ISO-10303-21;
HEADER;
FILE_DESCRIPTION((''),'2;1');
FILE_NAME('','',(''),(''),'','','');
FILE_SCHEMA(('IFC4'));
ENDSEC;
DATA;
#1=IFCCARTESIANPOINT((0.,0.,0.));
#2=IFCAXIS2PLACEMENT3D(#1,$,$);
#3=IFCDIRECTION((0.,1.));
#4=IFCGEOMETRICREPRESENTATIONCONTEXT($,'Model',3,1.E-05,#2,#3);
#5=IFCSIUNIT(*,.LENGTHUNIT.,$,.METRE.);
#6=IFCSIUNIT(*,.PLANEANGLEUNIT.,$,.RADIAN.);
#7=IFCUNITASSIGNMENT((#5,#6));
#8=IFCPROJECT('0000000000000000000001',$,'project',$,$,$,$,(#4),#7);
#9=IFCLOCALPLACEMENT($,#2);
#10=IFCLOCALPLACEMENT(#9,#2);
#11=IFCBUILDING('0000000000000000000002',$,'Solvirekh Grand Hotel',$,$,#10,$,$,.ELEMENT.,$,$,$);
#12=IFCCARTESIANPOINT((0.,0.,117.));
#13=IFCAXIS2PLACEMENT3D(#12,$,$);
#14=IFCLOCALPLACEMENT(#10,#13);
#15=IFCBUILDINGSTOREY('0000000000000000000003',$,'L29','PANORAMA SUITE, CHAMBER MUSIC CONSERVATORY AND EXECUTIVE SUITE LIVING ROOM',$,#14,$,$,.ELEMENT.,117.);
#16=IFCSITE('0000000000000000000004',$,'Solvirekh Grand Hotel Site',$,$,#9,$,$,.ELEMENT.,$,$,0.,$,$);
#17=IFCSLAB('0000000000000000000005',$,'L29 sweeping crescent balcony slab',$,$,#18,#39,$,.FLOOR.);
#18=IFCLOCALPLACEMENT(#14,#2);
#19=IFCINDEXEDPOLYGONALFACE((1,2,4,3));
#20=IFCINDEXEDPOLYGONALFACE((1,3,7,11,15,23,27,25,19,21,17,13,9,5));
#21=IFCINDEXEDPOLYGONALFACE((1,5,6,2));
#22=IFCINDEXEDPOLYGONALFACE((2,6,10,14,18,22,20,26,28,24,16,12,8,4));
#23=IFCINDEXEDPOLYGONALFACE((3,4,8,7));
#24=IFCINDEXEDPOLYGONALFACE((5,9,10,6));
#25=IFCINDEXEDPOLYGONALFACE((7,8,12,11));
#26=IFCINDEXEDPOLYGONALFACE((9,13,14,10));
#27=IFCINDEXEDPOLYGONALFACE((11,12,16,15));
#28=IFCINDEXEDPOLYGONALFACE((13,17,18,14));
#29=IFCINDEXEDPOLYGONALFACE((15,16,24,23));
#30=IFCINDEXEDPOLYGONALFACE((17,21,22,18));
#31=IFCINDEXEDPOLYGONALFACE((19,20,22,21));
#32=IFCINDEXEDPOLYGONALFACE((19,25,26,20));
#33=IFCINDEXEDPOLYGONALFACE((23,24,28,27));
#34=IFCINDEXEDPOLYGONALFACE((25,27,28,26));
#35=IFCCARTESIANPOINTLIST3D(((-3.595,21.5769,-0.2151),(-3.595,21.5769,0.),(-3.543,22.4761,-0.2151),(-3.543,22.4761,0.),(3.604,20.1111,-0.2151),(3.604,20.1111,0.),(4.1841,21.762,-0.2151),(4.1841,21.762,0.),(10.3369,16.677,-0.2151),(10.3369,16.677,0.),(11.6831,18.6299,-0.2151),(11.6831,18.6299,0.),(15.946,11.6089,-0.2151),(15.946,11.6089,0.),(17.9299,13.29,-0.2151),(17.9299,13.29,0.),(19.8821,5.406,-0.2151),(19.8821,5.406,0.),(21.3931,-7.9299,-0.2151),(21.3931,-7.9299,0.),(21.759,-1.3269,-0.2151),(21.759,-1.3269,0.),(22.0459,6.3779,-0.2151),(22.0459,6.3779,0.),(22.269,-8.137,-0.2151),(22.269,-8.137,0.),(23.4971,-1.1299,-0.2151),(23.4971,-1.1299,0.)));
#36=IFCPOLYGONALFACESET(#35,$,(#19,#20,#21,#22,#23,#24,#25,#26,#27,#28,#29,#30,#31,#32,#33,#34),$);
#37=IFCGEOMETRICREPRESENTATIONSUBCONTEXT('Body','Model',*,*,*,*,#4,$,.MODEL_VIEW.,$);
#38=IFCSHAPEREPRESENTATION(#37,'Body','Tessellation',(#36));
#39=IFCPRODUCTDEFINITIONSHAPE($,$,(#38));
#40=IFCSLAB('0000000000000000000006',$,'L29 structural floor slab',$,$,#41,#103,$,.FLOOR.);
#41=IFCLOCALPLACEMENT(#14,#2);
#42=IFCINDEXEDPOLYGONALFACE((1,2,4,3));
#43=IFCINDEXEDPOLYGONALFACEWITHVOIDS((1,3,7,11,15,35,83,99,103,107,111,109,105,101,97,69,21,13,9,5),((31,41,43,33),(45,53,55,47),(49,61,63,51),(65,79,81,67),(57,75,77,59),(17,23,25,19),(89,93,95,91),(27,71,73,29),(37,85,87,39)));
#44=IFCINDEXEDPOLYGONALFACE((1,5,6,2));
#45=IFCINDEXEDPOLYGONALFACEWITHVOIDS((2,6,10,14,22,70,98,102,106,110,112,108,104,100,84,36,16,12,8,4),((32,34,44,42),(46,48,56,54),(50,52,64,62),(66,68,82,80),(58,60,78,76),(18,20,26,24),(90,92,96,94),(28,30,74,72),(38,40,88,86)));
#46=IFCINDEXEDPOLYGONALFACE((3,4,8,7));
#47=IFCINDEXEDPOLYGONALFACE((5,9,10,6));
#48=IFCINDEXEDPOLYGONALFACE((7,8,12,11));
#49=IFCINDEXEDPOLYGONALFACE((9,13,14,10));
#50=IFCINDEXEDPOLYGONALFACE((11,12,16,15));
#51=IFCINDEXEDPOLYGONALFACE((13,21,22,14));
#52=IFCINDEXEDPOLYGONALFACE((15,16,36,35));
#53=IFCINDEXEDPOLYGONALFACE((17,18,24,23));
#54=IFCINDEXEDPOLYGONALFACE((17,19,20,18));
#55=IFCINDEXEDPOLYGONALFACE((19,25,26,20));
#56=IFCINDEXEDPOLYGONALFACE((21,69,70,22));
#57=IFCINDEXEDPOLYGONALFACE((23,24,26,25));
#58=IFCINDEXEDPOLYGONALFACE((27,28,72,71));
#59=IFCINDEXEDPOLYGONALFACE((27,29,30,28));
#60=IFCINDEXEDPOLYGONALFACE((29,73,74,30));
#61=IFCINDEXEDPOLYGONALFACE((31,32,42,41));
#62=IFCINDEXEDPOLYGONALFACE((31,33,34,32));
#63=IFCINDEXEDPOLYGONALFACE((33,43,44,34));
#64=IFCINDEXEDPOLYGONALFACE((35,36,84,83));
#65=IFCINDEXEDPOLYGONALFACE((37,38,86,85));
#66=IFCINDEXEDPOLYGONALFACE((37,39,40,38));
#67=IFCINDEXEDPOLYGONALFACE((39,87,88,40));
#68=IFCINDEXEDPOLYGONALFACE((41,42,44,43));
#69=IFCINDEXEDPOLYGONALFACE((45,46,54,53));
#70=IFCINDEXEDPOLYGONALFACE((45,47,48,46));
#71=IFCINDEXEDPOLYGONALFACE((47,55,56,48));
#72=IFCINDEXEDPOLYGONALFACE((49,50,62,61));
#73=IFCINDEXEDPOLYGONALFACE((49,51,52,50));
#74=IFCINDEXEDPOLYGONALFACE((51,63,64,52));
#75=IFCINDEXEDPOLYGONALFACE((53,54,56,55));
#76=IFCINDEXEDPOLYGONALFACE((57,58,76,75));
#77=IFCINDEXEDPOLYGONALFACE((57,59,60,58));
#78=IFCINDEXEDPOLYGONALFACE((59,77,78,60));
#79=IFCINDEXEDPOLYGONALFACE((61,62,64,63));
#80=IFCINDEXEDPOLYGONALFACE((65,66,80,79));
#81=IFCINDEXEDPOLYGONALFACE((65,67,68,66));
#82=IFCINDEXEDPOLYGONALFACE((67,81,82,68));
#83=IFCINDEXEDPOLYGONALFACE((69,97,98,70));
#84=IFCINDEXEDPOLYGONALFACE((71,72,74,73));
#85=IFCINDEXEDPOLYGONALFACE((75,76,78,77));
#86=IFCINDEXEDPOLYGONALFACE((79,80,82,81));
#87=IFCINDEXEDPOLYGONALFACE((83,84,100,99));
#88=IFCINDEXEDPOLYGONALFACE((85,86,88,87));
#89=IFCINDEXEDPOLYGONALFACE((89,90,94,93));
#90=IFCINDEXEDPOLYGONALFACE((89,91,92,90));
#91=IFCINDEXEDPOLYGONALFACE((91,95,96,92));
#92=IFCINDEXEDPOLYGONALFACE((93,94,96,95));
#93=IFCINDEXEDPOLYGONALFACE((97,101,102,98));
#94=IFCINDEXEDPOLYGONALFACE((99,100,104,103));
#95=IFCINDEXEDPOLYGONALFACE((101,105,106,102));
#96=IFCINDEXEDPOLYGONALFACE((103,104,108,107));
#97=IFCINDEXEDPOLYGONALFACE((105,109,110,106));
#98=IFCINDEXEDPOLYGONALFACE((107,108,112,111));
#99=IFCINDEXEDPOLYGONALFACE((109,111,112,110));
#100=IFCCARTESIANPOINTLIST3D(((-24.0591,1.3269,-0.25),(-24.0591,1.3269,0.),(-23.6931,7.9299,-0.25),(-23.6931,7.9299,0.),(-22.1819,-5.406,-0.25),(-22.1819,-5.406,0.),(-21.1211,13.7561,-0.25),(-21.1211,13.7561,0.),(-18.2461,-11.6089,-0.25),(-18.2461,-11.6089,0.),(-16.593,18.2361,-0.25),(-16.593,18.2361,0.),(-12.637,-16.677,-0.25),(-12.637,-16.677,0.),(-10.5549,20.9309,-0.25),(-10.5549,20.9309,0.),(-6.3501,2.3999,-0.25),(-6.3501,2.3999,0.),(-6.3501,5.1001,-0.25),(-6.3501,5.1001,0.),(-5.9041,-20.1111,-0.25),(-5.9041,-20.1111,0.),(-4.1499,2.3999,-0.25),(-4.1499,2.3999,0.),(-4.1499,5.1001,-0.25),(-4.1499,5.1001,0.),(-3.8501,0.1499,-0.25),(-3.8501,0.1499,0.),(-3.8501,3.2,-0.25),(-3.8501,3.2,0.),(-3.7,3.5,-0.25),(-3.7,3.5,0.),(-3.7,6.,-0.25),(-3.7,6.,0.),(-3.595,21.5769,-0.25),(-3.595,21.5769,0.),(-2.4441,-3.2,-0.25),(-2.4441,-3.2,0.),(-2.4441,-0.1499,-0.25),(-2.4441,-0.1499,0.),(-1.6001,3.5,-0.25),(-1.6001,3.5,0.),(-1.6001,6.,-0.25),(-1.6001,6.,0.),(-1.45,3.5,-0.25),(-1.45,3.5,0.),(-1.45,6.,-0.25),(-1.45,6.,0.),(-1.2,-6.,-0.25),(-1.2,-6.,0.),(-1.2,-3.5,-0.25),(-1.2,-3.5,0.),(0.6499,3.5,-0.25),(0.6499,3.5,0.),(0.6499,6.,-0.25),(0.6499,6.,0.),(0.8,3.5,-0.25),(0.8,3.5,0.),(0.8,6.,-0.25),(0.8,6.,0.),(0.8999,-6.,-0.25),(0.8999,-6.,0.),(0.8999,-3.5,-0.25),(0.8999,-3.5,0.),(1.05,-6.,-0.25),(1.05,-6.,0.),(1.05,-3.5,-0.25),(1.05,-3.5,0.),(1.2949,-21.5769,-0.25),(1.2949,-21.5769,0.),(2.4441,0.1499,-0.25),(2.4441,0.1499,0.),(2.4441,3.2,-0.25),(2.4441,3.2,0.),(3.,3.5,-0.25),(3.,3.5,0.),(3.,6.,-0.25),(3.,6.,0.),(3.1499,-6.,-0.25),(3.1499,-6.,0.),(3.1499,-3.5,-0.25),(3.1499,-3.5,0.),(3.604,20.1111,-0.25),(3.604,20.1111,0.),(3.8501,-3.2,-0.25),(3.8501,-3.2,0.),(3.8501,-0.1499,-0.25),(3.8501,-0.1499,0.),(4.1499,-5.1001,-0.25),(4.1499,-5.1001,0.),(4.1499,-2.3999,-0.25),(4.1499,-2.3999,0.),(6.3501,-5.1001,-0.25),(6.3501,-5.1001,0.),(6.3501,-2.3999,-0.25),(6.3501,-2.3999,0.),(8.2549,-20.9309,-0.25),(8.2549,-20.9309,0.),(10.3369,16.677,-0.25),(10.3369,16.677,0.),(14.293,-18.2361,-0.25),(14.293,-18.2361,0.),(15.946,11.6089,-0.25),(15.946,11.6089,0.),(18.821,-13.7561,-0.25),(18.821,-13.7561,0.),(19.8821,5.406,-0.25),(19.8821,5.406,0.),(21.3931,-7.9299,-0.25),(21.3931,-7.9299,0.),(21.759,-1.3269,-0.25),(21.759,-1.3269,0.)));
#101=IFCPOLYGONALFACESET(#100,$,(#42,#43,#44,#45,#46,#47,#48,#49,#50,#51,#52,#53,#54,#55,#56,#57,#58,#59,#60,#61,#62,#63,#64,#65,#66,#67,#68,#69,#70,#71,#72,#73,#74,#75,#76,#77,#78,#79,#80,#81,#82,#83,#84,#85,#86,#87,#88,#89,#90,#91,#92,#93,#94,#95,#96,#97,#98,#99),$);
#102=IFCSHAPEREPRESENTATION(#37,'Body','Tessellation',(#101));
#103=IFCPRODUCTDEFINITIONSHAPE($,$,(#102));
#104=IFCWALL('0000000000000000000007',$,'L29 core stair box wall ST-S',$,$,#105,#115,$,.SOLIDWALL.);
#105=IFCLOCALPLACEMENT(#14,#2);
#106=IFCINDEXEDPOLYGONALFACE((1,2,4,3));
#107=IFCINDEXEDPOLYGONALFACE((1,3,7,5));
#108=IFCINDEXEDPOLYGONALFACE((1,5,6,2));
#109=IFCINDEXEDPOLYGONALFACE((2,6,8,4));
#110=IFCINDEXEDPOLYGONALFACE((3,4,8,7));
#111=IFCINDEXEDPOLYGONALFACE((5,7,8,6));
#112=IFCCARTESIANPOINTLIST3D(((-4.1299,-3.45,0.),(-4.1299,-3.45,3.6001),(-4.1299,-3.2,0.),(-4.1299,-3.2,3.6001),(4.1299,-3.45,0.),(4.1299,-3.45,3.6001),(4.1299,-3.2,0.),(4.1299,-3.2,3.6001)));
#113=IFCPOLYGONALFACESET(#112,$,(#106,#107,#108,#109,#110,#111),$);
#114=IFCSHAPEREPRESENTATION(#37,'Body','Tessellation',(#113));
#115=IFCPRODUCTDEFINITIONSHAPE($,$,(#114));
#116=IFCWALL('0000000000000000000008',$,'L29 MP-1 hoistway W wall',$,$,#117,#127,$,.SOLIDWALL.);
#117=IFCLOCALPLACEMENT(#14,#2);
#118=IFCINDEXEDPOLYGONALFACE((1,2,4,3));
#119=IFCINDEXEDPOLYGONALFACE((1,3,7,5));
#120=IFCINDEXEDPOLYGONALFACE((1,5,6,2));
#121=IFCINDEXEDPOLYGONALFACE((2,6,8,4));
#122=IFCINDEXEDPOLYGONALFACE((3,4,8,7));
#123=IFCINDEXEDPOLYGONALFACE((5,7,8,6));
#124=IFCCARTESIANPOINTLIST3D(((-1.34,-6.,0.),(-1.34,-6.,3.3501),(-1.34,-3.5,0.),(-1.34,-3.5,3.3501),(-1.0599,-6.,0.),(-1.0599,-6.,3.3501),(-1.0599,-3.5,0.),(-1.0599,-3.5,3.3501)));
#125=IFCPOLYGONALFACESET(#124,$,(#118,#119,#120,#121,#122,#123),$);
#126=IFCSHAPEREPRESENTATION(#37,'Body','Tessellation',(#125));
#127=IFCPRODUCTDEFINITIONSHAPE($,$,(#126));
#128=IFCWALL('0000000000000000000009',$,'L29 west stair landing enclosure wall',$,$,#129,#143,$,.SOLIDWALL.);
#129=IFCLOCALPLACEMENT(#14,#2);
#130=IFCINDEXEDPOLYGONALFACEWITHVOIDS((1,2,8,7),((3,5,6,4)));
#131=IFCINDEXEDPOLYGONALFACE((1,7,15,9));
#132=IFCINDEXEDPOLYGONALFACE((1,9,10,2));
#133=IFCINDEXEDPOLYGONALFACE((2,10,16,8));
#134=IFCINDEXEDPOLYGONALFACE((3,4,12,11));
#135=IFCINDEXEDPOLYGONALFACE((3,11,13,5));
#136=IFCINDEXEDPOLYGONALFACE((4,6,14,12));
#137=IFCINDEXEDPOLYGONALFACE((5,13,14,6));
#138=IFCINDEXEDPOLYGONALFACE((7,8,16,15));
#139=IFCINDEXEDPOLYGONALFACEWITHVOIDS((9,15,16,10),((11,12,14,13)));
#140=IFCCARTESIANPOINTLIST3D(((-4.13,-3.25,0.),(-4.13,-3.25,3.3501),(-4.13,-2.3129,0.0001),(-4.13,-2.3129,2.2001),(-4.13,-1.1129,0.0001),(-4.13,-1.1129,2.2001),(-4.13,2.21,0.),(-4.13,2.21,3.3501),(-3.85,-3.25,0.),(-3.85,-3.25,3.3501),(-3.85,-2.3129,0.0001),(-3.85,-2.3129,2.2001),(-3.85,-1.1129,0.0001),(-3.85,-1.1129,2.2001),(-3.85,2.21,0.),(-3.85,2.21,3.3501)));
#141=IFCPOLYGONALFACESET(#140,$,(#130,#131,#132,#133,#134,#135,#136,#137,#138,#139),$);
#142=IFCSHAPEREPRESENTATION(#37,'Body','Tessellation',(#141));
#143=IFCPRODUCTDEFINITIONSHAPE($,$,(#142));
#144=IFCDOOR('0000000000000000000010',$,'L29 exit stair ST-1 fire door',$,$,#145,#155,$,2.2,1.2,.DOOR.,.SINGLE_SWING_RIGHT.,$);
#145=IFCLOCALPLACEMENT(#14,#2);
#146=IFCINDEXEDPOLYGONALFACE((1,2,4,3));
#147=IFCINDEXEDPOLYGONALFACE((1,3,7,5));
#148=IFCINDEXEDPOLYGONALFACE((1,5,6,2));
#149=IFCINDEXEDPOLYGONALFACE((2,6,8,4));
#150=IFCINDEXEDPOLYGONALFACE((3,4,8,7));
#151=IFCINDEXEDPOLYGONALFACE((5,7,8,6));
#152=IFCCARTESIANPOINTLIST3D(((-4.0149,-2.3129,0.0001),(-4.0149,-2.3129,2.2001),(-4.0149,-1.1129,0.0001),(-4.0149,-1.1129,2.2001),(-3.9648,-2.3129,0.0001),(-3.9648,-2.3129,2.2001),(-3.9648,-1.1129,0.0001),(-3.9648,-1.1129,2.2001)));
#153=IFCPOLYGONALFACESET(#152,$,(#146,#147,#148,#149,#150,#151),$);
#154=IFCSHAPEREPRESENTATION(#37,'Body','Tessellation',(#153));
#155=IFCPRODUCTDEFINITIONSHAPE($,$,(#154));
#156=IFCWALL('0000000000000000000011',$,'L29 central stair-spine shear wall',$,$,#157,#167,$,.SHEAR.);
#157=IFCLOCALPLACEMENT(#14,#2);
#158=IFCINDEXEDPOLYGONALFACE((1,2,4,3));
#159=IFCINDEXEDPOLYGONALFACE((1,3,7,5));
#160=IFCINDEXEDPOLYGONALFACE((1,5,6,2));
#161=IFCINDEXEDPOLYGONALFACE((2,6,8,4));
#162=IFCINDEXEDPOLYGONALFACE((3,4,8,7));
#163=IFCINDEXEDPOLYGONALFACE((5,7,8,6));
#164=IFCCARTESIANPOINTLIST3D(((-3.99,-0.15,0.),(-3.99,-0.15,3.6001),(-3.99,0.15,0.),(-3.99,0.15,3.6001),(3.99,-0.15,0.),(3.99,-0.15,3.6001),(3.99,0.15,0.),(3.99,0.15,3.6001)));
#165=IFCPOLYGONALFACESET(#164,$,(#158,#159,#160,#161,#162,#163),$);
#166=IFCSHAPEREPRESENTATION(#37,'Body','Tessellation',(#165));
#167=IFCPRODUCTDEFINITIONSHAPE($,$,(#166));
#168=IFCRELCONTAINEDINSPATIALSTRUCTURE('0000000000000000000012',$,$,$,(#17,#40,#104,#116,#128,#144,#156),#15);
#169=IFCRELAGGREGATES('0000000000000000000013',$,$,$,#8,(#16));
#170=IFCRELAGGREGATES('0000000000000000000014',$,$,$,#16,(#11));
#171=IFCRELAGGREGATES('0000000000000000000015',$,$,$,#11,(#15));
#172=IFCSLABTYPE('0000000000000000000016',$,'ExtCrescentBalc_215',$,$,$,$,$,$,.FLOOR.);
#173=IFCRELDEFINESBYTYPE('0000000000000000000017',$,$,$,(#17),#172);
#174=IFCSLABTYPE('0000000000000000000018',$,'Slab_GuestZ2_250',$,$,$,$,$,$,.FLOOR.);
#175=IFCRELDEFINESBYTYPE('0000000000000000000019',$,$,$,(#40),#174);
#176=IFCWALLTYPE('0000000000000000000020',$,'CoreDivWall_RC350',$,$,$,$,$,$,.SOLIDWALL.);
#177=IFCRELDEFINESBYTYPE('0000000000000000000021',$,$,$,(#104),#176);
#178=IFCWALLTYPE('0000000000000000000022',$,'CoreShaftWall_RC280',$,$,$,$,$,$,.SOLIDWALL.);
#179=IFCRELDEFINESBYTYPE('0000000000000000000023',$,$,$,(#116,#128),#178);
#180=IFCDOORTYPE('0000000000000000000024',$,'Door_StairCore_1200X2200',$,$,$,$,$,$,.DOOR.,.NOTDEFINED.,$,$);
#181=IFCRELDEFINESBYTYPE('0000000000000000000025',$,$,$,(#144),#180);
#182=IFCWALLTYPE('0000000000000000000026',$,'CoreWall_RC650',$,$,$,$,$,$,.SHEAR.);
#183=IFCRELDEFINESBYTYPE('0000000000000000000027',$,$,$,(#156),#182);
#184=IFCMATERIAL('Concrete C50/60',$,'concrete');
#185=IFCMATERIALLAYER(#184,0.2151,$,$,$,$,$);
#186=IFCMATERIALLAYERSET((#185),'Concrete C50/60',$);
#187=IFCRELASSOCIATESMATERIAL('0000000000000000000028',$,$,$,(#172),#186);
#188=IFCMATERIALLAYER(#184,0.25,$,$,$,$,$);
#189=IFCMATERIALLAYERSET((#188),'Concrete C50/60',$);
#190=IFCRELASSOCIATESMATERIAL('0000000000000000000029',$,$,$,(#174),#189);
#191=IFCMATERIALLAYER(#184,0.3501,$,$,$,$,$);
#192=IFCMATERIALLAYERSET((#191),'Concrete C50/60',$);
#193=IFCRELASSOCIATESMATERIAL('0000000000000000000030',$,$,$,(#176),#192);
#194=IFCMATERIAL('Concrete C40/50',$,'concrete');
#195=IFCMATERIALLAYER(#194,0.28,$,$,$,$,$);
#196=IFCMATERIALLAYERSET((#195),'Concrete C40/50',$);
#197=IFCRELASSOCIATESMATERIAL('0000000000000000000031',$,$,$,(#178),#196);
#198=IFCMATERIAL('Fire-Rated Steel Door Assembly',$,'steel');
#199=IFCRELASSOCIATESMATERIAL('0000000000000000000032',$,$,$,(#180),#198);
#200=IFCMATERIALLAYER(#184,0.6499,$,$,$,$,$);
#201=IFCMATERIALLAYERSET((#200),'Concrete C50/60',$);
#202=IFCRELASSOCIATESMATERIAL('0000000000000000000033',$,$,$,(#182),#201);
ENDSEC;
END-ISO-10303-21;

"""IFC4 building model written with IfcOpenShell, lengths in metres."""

from ifc_helpers import new_model, si_unit, direction, frame, frame_2d, origin, place, context, subcontext, project, spatial, polyline, rectangle, outline, extrude, material, layer, layer_set, type_object, element, fill, save


model = new_model("IFC4")

# Units and contexts
model_context = context("Model", 3, precision=1e-05, world=origin(), true_north=direction((0.0, 1.0)))
body_context = subcontext(model_context, "Body", "Model", "MODEL_VIEW")
ifc_project = project(units=[si_unit("LENGTHUNIT", "METRE"), si_unit("PLANEANGLEUNIT", "RADIAN")], contexts=[model_context])

# Site, building, storey
site_placement = place(None, origin())
site = spatial("IfcSite", under=ifc_project, at=site_placement, Name="Solvirekh Grand Hotel Site", CompositionType="ELEMENT", RefElevation=0.0)
building_placement = place(site_placement, origin())
building = spatial("IfcBuilding", under=site, at=building_placement, Name="Solvirekh Grand Hotel", CompositionType="ELEMENT")
storey_placement = place(building_placement, frame((0.0, 0.0, 117.0)))
storey = spatial("IfcBuildingStorey", under=building, at=storey_placement, Name="L29", Description="PANORAMA SUITE, CHAMBER MUSIC CONSERVATORY AND EXECUTIVE SUITE LIVING ROOM", CompositionType="ELEMENT", Elevation=117.0)

# Slabs
ifc_material_1 = material(Name="Concrete C50/60", Category="concrete")
ifc_layer_1 = layer(ifc_material_1, 0.2151)
ifc_layer_set_1 = layer_set([ifc_layer_1], Name="Concrete C50/60")
slab_type_1 = type_object("IfcSlabType", Name="ExtCrescentBalc_215", PredefinedType="FLOOR", material=ifc_layer_set_1)
slab_1_placement = place(storey_placement, frame((0.0, 0.0, -0.2151)))
element("IfcSlab", 1, at=slab_1_placement, inside=storey, type_object=slab_type_1, Name="L29 sweeping crescent balcony slab", PredefinedType="FLOOR", context=body_context, shape_type="SweptSolid", body=[
    extrude(outline(polyline([(22.269, -8.137), (23.4971, -1.1299), (22.0459, 6.3779), (17.9299, 13.29), (11.6831, 18.6299), (4.1841, 21.762), (-3.543, 22.4761), (-3.595, 21.5769), (3.604, 20.1111), (10.3369, 16.677), (15.946, 11.6089), (19.8821, 5.406), (21.759, -1.3269), (21.3931, -7.9299), (22.269, -8.137)])), origin(), (0.0, 0.0, 1.0), 0.2151),
])
ifc_layer_2 = layer(ifc_material_1, 0.25)
ifc_layer_set_2 = layer_set([ifc_layer_2], Name="Concrete C50/60")
slab_type_2 = type_object("IfcSlabType", Name="Slab_GuestZ2_250", PredefinedType="FLOOR", material=ifc_layer_set_2)
slab_2_placement = place(storey_placement, frame((0.0, 0.0, -0.25)))
element("IfcSlab", 2, at=slab_2_placement, inside=storey, type_object=slab_type_2, Name="L29 structural floor slab", PredefinedType="FLOOR", context=body_context, shape_type="SweptSolid", body=[
    extrude(outline(polyline([(18.821, -13.7561), (21.3931, -7.9299), (21.759, -1.3269), (19.8821, 5.406), (15.946, 11.6089), (10.3369, 16.677), (3.604, 20.1111), (-3.595, 21.5769), (-10.5549, 20.9309), (-16.593, 18.2361), (-21.1211, 13.7561), (-23.6931, 7.9299), (-24.0591, 1.3269), (-22.1819, -5.406), (-18.2461, -11.6089), (-12.637, -16.677), (-5.9041, -20.1111), (1.2949, -21.5769), (8.2549, -20.9309), (14.293, -18.2361), (18.821, -13.7561)]), holes=[polyline([(-2.4441, -0.1499), (3.8501, -0.1499), (3.8501, -3.2), (-2.4441, -3.2), (-2.4441, -0.1499)]), polyline([(2.4441, 0.1499), (-3.8501, 0.1499), (-3.8501, 3.2), (2.4441, 3.2), (2.4441, 0.1499)]), polyline([(-1.2, -3.5), (0.8999, -3.5), (0.8999, -6.0), (-1.2, -6.0), (-1.2, -3.5)]), polyline([(1.05, -3.5), (3.1499, -3.5), (3.1499, -6.0), (1.05, -6.0), (1.05, -3.5)]), polyline([(-3.7, 6.0), (-1.6001, 6.0), (-1.6001, 3.5), (-3.7, 3.5), (-3.7, 6.0)]), polyline([(-1.45, 6.0), (0.6499, 6.0), (0.6499, 3.5), (-1.45, 3.5), (-1.45, 6.0)]), polyline([(0.8, 6.0), (3.0, 6.0), (3.0, 3.5), (0.8, 3.5), (0.8, 6.0)]), polyline([(-6.3501, 5.1001), (-4.1499, 5.1001), (-4.1499, 2.3999), (-6.3501, 2.3999), (-6.3501, 5.1001)]), polyline([(4.1499, -2.3999), (6.3501, -2.3999), (6.3501, -5.1001), (4.1499, -5.1001), (4.1499, -2.3999)])]), origin(), (0.0, 0.0, 1.0), 0.25),
])

# Walls
ifc_layer_3 = layer(ifc_material_1, 0.3501)
ifc_layer_set_3 = layer_set([ifc_layer_3], Name="Concrete C50/60")
wall_type_1 = type_object("IfcWallType", Name="CoreDivWall_RC350", PredefinedType="SOLIDWALL", material=ifc_layer_set_3)
wall_1_placement = place(storey_placement, frame((-4.1299, -3.325, 0.0), z_axis=(0.0, 0.0, 1.0), x_axis=(1.0, 0.0, 0.0)))
element("IfcWall", 3, at=wall_1_placement, inside=storey, type_object=wall_type_1, Name="L29 core stair box wall ST-S", PredefinedType="SOLIDWALL", context=body_context, shape_type="SweptSolid", body=[
    extrude(rectangle(XDim=8.2598, YDim=0.25, at=frame_2d((4.1299, 0.0))), origin(), (0.0, 0.0, 1.0), 3.6001),
])
ifc_material_2 = material(Name="Concrete C40/50", Category="concrete")
ifc_layer_4 = layer(ifc_material_2, 0.28)
ifc_layer_set_4 = layer_set([ifc_layer_4], Name="Concrete C40/50")
wall_type_2 = type_object("IfcWallType", Name="CoreShaftWall_RC280", PredefinedType="SOLIDWALL", material=ifc_layer_set_4)
wall_2_placement = place(storey_placement, frame((-1.2, -3.5, 0.0), z_axis=(0.0, 0.0, 1.0), x_axis=(0.0, -1.0, 0.0)))
element("IfcWall", 4, at=wall_2_placement, inside=storey, type_object=wall_type_2, Name="L29 MP-1 hoistway W wall", PredefinedType="SOLIDWALL", context=body_context, shape_type="SweptSolid", body=[
    extrude(rectangle(XDim=2.5, YDim=0.28, at=frame_2d((1.25, 0.0))), origin(), (0.0, 0.0, 1.0), 3.3501),
])

# Wall, opening, door
wall_3_placement = place(storey_placement, frame((-3.99, -3.25, 0.0), z_axis=(0.0, 0.0, 1.0), x_axis=(0.0, 1.0, 0.0)))
wall_3 = element("IfcWall", 5, at=wall_3_placement, inside=storey, type_object=wall_type_2, Name="L29 west stair landing enclosure wall", PredefinedType="SOLIDWALL", context=body_context, shape_type="SweptSolid", body=[
    extrude(rectangle(XDim=5.46, YDim=0.28, at=frame_2d((2.73, 0.0))), origin(), (0.0, 0.0, 1.0), 3.3501),
])
opening_1_placement = place(wall_3_placement, frame((0.937, 0.0, 0.0)))
opening_1 = element("IfcOpeningElement", 6, at=opening_1_placement, cuts=wall_3, PredefinedType="OPENING", context=body_context, shape_type="SweptSolid", body=[
    extrude(rectangle(XDim=1.2, YDim=2.2, at=frame_2d((0.6001, 1.1001))), frame((0.0, 0.1499, 0.0), z_axis=(0.0, -1.0, 0.0), x_axis=(1.0, 0.0, 0.0)), (0.0, 0.0, 1.0), 0.3),
])
ifc_material_3 = material(Name="Fire-Rated Steel Door Assembly", Category="steel")
door_type_1 = type_object("IfcDoorType", Name="Door_StairCore_1200X2200", OperationType="NOTDEFINED", PredefinedType="DOOR", material=ifc_material_3)
door_1_placement = place(opening_1_placement, origin())
door_1 = element("IfcDoor", 7, at=door_1_placement, inside=storey, type_object=door_type_1, Name="L29 exit stair ST-1 fire door", OperationType="SINGLE_SWING_RIGHT", OverallHeight=2.2, OverallWidth=1.2, PredefinedType="DOOR", context=body_context, shape_type="SweptSolid", body=[
    extrude(rectangle(XDim=1.2, YDim=2.2, at=frame_2d((0.6001, 1.1001))), frame((0.0, 0.0249, 0.0), z_axis=(0.0, -1.0, 0.0), x_axis=(1.0, 0.0, 0.0)), (0.0, 0.0, 1.0), 0.05),
])
fill(opening_1, door_1)

# Wall
ifc_layer_5 = layer(ifc_material_1, 0.6499)
ifc_layer_set_5 = layer_set([ifc_layer_5], Name="Concrete C50/60")
wall_type_3 = type_object("IfcWallType", Name="CoreWall_RC650", PredefinedType="SHEAR", material=ifc_layer_set_5)
wall_4_placement = place(storey_placement, frame((-3.99, 0.0, 0.0), z_axis=(0.0, 0.0, 1.0), x_axis=(1.0, 0.0, 0.0)))
element("IfcWall", 8, at=wall_4_placement, inside=storey, type_object=wall_type_3, Name="L29 central stair-spine shear wall", PredefinedType="SHEAR", context=body_context, shape_type="SweptSolid", body=[
    extrude(rectangle(XDim=7.98, YDim=0.3, at=frame_2d((3.99, 0.0))), origin(), (0.0, 0.0, 1.0), 3.6001),
])

save(model, "model.ifc")
